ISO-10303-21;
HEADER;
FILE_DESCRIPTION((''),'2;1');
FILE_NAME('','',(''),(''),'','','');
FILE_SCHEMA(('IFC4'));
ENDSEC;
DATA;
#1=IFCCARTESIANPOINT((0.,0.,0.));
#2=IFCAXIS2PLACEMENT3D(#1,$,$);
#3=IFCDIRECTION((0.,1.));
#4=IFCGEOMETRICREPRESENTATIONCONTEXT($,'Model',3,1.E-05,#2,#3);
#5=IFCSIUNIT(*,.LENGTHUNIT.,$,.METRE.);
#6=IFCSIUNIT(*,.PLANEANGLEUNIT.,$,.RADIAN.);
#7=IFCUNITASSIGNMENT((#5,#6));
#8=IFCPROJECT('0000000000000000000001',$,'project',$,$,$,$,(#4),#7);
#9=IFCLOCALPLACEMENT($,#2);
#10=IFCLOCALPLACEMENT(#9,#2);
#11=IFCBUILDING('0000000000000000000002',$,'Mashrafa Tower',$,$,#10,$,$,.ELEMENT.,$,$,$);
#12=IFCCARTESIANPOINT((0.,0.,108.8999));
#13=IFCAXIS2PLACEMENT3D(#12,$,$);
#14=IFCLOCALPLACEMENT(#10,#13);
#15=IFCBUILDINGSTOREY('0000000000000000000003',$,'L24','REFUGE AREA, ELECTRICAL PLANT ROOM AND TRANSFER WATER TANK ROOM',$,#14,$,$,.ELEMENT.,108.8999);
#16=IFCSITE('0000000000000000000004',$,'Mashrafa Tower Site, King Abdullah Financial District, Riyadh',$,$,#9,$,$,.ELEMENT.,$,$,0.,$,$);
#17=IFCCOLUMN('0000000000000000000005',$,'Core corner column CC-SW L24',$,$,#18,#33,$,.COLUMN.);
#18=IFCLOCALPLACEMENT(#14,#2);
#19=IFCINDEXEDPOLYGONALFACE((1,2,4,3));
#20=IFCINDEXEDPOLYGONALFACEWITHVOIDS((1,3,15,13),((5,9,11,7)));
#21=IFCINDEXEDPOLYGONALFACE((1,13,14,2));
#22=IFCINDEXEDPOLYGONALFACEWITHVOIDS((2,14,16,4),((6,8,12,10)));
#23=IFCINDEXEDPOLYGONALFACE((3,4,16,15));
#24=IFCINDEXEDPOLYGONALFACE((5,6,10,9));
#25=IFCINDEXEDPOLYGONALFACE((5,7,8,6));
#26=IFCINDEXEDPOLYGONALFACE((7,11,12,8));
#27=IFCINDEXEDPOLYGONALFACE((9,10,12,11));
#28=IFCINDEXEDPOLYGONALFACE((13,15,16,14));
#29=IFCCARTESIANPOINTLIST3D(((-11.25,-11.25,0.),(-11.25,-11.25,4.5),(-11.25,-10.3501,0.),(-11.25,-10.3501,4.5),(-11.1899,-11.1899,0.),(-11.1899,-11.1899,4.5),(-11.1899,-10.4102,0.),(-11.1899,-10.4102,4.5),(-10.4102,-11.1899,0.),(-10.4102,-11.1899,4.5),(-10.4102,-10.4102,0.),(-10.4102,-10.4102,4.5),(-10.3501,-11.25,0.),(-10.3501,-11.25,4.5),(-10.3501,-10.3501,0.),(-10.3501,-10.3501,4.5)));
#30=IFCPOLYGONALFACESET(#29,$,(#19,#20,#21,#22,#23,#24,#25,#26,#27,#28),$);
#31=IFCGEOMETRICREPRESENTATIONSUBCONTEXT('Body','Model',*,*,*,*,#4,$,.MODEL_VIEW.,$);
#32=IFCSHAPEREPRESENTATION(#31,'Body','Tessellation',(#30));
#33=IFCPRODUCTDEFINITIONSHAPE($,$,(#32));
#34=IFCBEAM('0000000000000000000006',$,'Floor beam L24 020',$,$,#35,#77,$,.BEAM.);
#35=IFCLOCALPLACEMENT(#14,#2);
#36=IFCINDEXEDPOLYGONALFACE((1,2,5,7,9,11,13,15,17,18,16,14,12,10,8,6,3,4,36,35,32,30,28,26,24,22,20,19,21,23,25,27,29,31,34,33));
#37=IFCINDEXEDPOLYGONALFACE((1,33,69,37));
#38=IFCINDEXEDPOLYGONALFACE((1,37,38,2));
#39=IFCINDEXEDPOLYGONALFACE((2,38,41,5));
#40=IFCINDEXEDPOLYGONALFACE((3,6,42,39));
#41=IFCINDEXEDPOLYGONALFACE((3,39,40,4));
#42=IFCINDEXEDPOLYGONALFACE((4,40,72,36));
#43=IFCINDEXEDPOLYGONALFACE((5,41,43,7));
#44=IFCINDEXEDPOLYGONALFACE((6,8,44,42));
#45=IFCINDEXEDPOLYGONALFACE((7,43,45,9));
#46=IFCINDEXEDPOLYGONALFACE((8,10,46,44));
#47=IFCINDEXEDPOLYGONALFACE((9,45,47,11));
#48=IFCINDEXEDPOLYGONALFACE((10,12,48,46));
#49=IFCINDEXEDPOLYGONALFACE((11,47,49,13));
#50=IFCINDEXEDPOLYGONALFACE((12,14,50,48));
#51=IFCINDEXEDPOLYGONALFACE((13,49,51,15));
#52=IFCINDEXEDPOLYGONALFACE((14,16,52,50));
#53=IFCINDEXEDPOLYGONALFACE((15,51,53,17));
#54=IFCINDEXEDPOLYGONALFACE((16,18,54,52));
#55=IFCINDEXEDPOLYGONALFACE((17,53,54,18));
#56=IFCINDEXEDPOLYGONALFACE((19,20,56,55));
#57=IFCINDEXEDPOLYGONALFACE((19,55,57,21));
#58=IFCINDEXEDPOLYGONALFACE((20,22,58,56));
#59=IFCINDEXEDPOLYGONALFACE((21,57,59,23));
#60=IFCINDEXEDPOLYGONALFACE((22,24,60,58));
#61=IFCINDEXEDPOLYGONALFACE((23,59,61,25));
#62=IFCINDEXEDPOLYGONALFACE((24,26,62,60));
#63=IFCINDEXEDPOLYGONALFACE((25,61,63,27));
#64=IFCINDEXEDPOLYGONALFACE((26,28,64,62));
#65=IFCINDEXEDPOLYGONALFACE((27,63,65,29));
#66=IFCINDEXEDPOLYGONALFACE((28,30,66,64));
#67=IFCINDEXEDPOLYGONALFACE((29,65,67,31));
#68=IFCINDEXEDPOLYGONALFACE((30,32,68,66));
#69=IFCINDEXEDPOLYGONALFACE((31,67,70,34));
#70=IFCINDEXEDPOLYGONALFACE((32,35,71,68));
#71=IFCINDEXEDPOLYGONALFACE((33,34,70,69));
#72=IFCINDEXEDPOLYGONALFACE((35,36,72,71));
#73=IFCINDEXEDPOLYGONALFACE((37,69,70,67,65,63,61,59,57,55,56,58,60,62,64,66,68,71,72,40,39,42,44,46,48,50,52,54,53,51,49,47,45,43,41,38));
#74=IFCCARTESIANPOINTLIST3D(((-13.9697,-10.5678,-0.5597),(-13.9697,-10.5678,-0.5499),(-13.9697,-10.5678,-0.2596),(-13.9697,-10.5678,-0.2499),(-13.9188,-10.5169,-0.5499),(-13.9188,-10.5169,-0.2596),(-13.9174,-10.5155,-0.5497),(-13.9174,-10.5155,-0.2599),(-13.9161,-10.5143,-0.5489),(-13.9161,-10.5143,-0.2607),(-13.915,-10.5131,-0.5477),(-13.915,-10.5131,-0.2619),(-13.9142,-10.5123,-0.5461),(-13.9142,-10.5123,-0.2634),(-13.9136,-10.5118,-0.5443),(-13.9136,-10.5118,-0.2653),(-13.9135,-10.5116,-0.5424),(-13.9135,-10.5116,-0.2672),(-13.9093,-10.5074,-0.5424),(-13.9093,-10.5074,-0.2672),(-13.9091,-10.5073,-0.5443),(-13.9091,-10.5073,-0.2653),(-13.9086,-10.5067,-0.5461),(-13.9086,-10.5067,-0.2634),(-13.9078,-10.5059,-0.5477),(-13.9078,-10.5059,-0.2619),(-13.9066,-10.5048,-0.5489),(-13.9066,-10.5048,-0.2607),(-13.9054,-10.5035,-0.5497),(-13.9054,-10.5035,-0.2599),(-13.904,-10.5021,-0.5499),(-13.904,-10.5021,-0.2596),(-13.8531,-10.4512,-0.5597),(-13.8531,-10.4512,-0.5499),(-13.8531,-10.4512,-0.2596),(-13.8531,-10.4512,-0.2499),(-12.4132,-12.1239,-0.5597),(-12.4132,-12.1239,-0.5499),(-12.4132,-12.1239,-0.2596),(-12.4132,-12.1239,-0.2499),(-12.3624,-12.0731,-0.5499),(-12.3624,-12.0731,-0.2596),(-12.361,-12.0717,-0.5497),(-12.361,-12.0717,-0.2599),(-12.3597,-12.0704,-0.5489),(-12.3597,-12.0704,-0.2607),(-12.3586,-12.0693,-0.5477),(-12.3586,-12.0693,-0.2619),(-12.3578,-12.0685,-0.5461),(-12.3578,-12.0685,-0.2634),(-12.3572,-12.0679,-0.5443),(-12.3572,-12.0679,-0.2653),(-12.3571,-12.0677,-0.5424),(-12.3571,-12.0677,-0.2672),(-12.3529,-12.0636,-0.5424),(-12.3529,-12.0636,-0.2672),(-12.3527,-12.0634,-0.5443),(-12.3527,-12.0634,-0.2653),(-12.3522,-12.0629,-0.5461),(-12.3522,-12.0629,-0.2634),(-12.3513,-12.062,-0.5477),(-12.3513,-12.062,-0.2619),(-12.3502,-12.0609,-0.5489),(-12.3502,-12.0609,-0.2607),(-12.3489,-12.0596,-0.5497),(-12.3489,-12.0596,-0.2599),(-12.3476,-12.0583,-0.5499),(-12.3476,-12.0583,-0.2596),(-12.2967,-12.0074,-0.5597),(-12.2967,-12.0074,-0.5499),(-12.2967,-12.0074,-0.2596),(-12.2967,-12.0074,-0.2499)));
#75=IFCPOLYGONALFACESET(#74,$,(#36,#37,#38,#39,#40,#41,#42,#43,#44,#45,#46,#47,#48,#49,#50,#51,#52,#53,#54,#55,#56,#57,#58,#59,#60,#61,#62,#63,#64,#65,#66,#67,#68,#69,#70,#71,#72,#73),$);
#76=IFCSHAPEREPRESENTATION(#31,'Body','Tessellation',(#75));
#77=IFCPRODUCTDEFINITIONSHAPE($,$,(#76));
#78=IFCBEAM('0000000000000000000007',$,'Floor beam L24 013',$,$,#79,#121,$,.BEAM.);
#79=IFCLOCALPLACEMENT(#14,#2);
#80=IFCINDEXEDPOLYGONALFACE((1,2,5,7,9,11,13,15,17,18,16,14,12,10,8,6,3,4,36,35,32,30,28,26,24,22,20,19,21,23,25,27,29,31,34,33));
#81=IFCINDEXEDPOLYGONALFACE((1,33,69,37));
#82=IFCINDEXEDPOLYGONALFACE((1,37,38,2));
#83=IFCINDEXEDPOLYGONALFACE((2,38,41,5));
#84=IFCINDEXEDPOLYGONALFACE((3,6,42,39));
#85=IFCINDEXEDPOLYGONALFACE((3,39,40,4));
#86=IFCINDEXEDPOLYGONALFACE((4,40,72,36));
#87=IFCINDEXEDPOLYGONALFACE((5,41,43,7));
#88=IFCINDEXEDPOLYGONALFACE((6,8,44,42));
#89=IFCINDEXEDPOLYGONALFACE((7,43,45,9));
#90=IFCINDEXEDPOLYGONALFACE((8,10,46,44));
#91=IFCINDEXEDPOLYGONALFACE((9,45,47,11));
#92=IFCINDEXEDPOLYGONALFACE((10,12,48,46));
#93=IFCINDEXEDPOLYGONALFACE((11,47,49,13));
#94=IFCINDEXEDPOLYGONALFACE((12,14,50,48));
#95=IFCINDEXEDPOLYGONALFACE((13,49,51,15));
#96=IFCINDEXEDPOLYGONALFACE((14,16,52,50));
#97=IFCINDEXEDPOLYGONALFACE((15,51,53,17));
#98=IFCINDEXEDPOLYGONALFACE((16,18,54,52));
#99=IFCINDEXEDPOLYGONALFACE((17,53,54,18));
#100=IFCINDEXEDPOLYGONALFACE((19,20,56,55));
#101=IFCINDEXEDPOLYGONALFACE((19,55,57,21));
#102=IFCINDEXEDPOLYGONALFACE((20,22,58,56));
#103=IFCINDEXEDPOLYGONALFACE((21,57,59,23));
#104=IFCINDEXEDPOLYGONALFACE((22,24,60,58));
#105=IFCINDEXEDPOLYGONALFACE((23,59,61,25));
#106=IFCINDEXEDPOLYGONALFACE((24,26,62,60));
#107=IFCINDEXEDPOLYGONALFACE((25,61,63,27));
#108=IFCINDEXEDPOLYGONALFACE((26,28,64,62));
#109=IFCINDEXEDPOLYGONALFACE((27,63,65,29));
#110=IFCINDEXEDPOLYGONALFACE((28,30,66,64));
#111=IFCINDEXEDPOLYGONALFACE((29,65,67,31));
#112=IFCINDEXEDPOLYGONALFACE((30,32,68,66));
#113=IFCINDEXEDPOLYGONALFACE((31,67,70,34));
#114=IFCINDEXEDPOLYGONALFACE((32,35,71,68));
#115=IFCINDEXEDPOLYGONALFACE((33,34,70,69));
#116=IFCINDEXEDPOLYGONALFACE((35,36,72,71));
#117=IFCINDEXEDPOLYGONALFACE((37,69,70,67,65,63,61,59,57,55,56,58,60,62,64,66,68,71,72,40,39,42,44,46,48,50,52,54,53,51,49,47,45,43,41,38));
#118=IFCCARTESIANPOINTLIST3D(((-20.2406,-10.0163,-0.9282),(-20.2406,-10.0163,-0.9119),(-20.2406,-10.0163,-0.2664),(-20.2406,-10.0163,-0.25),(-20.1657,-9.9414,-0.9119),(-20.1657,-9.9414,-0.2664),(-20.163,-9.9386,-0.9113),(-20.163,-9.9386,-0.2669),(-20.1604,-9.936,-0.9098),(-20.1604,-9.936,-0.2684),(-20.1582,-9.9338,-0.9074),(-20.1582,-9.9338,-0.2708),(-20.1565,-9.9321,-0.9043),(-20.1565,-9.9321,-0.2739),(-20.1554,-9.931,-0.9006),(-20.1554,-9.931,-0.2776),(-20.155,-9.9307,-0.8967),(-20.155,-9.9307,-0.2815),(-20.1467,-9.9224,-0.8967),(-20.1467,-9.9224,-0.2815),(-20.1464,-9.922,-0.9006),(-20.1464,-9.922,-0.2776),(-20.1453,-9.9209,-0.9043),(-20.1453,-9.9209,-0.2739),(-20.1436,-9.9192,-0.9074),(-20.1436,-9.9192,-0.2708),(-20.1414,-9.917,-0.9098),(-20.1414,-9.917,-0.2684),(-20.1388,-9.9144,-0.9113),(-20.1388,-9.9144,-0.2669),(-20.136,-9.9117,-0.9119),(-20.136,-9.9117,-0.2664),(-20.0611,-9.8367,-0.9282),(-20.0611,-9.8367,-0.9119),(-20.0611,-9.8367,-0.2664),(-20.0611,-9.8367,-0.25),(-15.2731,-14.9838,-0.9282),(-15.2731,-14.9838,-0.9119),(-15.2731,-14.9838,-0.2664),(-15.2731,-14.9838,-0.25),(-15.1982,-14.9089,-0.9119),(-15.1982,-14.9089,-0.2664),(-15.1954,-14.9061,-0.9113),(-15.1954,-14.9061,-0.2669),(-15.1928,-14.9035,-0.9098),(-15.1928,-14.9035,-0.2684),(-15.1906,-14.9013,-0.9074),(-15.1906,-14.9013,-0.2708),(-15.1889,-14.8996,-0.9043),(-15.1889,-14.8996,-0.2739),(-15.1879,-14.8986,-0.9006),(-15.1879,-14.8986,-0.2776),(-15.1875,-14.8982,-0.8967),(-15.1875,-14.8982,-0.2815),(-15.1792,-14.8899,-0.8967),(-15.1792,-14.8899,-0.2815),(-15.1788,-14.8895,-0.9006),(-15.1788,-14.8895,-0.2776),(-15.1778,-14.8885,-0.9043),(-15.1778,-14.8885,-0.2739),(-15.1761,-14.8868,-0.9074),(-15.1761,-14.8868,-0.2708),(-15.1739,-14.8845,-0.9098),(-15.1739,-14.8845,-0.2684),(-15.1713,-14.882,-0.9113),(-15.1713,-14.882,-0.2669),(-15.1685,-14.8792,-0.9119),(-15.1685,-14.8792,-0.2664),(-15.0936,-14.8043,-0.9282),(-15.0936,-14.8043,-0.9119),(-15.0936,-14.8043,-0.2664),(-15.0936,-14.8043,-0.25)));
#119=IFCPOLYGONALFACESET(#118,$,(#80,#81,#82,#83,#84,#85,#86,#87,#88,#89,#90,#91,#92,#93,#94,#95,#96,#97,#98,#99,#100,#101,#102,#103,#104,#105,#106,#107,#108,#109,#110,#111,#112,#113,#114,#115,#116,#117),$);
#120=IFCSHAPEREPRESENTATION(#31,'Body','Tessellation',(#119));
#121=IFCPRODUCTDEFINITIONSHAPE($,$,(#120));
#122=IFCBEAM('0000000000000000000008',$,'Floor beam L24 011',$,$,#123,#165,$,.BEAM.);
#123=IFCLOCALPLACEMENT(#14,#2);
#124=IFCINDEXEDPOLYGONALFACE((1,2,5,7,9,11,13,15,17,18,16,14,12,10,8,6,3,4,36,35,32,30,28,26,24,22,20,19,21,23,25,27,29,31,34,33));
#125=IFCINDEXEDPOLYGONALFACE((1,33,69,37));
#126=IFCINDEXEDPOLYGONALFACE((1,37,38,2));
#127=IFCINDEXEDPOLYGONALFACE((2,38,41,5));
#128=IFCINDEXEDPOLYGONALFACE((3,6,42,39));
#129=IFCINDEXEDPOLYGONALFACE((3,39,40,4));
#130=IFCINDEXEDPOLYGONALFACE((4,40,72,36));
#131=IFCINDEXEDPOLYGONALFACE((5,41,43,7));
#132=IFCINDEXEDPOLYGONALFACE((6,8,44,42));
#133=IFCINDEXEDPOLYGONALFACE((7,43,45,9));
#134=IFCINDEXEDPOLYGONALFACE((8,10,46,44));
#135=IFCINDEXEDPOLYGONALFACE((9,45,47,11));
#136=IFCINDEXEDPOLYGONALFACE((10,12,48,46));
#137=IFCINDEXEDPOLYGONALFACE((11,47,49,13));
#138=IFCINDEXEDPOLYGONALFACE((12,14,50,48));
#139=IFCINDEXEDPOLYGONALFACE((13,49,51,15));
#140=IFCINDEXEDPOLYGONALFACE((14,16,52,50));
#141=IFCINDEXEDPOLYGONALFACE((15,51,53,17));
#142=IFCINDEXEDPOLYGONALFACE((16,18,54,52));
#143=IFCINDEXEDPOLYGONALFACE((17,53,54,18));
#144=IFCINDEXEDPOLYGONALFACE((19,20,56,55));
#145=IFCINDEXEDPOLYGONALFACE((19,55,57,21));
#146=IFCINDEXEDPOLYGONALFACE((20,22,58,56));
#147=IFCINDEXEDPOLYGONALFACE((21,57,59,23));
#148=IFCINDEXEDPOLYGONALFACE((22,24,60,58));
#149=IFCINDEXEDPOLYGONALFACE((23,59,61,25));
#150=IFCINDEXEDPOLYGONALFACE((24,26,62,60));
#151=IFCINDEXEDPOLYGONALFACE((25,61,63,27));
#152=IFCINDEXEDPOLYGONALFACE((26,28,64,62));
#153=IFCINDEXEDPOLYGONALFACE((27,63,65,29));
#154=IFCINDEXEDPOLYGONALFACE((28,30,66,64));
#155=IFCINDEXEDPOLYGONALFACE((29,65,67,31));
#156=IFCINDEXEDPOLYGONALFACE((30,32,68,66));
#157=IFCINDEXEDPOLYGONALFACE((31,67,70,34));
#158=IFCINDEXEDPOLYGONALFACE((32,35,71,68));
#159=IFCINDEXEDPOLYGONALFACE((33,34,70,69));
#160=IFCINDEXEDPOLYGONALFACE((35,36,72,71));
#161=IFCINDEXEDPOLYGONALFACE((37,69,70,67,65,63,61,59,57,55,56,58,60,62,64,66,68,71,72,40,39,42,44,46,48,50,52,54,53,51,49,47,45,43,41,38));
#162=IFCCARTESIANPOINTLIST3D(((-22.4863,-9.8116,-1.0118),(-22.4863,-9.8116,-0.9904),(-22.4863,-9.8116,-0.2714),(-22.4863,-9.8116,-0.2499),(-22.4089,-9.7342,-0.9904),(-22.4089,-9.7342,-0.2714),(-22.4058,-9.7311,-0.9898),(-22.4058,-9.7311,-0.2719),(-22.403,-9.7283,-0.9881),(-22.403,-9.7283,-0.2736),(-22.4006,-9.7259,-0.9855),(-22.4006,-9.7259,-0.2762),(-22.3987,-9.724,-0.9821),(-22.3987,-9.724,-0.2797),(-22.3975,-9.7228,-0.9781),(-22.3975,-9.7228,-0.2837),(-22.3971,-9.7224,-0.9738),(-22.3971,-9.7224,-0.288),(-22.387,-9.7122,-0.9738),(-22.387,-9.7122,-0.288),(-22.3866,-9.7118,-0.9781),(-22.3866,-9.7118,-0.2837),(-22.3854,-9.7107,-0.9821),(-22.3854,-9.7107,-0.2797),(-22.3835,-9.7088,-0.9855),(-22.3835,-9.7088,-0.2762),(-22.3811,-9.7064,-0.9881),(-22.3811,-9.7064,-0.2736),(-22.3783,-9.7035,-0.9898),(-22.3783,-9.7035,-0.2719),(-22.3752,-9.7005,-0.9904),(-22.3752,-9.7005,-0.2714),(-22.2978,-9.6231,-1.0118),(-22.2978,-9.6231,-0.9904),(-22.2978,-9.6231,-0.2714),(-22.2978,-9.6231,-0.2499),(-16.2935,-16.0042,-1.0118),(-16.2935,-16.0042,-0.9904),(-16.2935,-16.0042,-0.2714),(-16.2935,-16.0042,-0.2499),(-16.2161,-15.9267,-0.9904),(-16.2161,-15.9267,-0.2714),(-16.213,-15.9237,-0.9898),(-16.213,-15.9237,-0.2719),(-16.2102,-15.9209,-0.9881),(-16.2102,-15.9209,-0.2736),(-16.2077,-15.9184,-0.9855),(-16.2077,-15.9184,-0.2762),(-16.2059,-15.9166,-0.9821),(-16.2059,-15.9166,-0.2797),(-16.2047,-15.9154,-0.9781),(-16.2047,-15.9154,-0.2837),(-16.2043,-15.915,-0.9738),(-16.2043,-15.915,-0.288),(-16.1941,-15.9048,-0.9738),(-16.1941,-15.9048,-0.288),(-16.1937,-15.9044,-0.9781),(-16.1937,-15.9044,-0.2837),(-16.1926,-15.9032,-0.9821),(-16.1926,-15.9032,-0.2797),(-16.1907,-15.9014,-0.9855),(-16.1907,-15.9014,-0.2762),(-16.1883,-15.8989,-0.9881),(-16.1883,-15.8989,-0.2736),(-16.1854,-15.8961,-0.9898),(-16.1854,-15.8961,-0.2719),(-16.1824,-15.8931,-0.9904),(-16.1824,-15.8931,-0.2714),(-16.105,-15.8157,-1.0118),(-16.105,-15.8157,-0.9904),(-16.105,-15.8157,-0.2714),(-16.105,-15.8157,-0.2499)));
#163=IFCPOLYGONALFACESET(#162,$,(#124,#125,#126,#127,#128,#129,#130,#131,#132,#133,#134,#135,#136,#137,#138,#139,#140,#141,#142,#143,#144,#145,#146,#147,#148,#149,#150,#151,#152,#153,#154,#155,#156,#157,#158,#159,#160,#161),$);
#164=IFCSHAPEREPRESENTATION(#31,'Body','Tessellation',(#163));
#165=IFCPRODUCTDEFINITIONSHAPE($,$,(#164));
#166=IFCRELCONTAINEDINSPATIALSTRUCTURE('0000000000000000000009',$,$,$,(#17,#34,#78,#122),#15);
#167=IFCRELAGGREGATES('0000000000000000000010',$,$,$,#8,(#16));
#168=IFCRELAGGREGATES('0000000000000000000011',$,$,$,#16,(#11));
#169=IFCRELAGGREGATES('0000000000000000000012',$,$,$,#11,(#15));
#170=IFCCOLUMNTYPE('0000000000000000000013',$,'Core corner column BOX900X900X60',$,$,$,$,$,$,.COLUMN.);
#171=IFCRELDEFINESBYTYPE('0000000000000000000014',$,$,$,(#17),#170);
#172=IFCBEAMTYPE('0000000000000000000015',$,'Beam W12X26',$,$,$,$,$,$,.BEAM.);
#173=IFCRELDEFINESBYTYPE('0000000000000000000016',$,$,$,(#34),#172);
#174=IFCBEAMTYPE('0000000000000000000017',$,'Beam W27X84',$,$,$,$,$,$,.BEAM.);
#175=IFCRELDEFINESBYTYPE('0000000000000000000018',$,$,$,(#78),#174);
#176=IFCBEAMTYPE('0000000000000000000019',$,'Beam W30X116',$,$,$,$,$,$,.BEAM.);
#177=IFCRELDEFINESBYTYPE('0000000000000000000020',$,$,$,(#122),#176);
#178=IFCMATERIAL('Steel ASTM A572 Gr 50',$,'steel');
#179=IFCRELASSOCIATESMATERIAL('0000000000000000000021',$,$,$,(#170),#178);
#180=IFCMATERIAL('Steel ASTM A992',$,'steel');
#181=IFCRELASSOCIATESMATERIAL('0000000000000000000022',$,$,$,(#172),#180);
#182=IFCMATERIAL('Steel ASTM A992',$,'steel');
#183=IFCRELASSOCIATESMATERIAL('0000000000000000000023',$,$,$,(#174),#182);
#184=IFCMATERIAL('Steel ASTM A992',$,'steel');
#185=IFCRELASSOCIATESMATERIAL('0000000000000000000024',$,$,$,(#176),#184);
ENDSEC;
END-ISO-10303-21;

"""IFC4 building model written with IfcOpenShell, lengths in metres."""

from ifc_helpers import new_model, si_unit, direction, frame, origin, origin_2d, place, context, subcontext, project, spatial, hollow_rectangle, i_section, extrude, material, material_profile, profile_set, type_object, element, save


model = new_model("IFC4")

# Units and contexts
model_context = context("Model", 3, precision=1e-05, world=origin(), true_north=direction((0.0, 1.0)))
body_context = subcontext(model_context, "Body", "Model", "MODEL_VIEW")
ifc_project = project(units=[si_unit("LENGTHUNIT", "METRE"), si_unit("PLANEANGLEUNIT", "RADIAN")], contexts=[model_context])

# Site, building, storey
site_placement = place(None, origin())
site = spatial("IfcSite", under=ifc_project, at=site_placement, Name="Mashrafa Tower Site, King Abdullah Financial District, Riyadh", CompositionType="ELEMENT", RefElevation=0.0)
building_placement = place(site_placement, origin())
building = spatial("IfcBuilding", under=site, at=building_placement, Name="Mashrafa Tower", CompositionType="ELEMENT")
storey_placement = place(building_placement, frame((0.0, 0.0, 108.8999)))
storey = spatial("IfcBuildingStorey", under=building, at=storey_placement, Name="L24", Description="REFUGE AREA, ELECTRICAL PLANT ROOM AND TRANSFER WATER TANK ROOM", CompositionType="ELEMENT", Elevation=108.8999)

# Column
ifc_material_1 = material(Name="Steel ASTM A572 Gr 50", Category="steel")
ifc_material_profile_1 = material_profile(ifc_material_1, hollow_rectangle(XDim=0.8999, YDim=0.8999, WallThickness=0.0601, at=origin_2d()), Name="BOX900X900X60")
ifc_profile_set_1 = profile_set([ifc_material_profile_1], Name="Steel ASTM A572 Gr 50")
column_type = type_object("IfcColumnType", Name="Core corner column BOX900X900X60", PredefinedType="COLUMN", material=ifc_profile_set_1)
column_placement = place(storey_placement, frame((-10.8, -10.8, 0.0), z_axis=(0.0, 0.0, 1.0), x_axis=(1.0, 0.0, 0.0)))
element("IfcColumn", 1, at=column_placement, inside=storey, type_object=column_type, Name="Core corner column CC-SW L24", PredefinedType="COLUMN", context=body_context, shape_type="SweptSolid", body=[
    extrude(hollow_rectangle(XDim=0.8999, YDim=0.8999, WallThickness=0.0601, at=origin_2d()), origin(), (0.0, 0.0, 1.0), 4.5),
])

# Beams
ifc_material_2 = material(Name="Steel ASTM A992", Category="steel")
ifc_material_profile_2 = material_profile(ifc_material_2, i_section(OverallWidth=0.1648, OverallDepth=0.3098, WebThickness=0.0059, FlangeThickness=0.0098, FilletRadius=0.0076, at=origin_2d()), Name="W12X26")
ifc_profile_set_2 = profile_set([ifc_material_profile_2], Name="Steel ASTM A992")
beam_type_1 = type_object("IfcBeamType", Name="Beam W12X26", PredefinedType="BEAM", material=ifc_profile_set_2)
beam_1_placement = place(storey_placement, frame((-12.355, -12.0657, -0.4048), z_axis=(-0.707162, 0.707051, 0.0), x_axis=(-0.707051, -0.707162, 0.0)))
element("IfcBeam", 2, at=beam_1_placement, inside=storey, type_object=beam_type_1, Name="Floor beam L24 020", PredefinedType="BEAM", context=body_context, shape_type="SweptSolid", body=[
    extrude(i_section(OverallWidth=0.1648, OverallDepth=0.3098, WebThickness=0.0059, FlangeThickness=0.0098, FilletRadius=0.0076, at=origin_2d()), origin(), (0.0, 0.0, 1.0), 2.2009),
])
ifc_material_3 = material(Name="Steel ASTM A992", Category="steel")
ifc_material_profile_3 = material_profile(ifc_material_3, i_section(OverallWidth=0.2539, OverallDepth=0.6782, WebThickness=0.0117, FlangeThickness=0.0164, FilletRadius=0.0151, at=origin_2d()), Name="W27X84")
ifc_profile_set_3 = profile_set([ifc_material_profile_3], Name="Steel ASTM A992")
beam_type_2 = type_object("IfcBeamType", Name="Beam W27X84", PredefinedType="BEAM", material=ifc_profile_set_3)
beam_2_placement = place(storey_placement, frame((-15.1833, -14.894, -0.5891), z_axis=(-0.707107, 0.707107, 0.0), x_axis=(-0.707107, -0.707107, 0.0)))
element("IfcBeam", 3, at=beam_2_placement, inside=storey, type_object=beam_type_2, Name="Floor beam L24 013", PredefinedType="BEAM", context=body_context, shape_type="SweptSolid", body=[
    extrude(i_section(OverallWidth=0.2539, OverallDepth=0.6782, WebThickness=0.0117, FlangeThickness=0.0164, FilletRadius=0.0151, at=origin_2d()), origin(), (0.0, 0.0, 1.0), 7.0251),
])
ifc_material_4 = material(Name="Steel ASTM A992", Category="steel")
ifc_material_profile_4 = material_profile(ifc_material_4, i_section(OverallWidth=0.2666, OverallDepth=0.762, WebThickness=0.0144, FlangeThickness=0.0215, FilletRadius=0.0166, at=origin_2d()), Name="W30X116")
ifc_profile_set_4 = profile_set([ifc_material_profile_4], Name="Steel ASTM A992")
beam_type_3 = type_object("IfcBeamType", Name="Beam W30X116", PredefinedType="BEAM", material=ifc_profile_set_4)
beam_3_placement = place(storey_placement, frame((-16.1992, -15.9099, -0.6309), z_axis=(-0.707121, 0.707093, 0.0), x_axis=(-0.707093, -0.707121, 0.0)))
element("IfcBeam", 4, at=beam_3_placement, inside=storey, type_object=beam_type_3, Name="Floor beam L24 011", PredefinedType="BEAM", context=body_context, shape_type="SweptSolid", body=[
    extrude(i_section(OverallWidth=0.2666, OverallDepth=0.762, WebThickness=0.0144, FlangeThickness=0.0215, FilletRadius=0.0166, at=origin_2d()), origin(), (0.0, 0.0, 1.0), 8.7578),
])

save(model, "model.ifc")
